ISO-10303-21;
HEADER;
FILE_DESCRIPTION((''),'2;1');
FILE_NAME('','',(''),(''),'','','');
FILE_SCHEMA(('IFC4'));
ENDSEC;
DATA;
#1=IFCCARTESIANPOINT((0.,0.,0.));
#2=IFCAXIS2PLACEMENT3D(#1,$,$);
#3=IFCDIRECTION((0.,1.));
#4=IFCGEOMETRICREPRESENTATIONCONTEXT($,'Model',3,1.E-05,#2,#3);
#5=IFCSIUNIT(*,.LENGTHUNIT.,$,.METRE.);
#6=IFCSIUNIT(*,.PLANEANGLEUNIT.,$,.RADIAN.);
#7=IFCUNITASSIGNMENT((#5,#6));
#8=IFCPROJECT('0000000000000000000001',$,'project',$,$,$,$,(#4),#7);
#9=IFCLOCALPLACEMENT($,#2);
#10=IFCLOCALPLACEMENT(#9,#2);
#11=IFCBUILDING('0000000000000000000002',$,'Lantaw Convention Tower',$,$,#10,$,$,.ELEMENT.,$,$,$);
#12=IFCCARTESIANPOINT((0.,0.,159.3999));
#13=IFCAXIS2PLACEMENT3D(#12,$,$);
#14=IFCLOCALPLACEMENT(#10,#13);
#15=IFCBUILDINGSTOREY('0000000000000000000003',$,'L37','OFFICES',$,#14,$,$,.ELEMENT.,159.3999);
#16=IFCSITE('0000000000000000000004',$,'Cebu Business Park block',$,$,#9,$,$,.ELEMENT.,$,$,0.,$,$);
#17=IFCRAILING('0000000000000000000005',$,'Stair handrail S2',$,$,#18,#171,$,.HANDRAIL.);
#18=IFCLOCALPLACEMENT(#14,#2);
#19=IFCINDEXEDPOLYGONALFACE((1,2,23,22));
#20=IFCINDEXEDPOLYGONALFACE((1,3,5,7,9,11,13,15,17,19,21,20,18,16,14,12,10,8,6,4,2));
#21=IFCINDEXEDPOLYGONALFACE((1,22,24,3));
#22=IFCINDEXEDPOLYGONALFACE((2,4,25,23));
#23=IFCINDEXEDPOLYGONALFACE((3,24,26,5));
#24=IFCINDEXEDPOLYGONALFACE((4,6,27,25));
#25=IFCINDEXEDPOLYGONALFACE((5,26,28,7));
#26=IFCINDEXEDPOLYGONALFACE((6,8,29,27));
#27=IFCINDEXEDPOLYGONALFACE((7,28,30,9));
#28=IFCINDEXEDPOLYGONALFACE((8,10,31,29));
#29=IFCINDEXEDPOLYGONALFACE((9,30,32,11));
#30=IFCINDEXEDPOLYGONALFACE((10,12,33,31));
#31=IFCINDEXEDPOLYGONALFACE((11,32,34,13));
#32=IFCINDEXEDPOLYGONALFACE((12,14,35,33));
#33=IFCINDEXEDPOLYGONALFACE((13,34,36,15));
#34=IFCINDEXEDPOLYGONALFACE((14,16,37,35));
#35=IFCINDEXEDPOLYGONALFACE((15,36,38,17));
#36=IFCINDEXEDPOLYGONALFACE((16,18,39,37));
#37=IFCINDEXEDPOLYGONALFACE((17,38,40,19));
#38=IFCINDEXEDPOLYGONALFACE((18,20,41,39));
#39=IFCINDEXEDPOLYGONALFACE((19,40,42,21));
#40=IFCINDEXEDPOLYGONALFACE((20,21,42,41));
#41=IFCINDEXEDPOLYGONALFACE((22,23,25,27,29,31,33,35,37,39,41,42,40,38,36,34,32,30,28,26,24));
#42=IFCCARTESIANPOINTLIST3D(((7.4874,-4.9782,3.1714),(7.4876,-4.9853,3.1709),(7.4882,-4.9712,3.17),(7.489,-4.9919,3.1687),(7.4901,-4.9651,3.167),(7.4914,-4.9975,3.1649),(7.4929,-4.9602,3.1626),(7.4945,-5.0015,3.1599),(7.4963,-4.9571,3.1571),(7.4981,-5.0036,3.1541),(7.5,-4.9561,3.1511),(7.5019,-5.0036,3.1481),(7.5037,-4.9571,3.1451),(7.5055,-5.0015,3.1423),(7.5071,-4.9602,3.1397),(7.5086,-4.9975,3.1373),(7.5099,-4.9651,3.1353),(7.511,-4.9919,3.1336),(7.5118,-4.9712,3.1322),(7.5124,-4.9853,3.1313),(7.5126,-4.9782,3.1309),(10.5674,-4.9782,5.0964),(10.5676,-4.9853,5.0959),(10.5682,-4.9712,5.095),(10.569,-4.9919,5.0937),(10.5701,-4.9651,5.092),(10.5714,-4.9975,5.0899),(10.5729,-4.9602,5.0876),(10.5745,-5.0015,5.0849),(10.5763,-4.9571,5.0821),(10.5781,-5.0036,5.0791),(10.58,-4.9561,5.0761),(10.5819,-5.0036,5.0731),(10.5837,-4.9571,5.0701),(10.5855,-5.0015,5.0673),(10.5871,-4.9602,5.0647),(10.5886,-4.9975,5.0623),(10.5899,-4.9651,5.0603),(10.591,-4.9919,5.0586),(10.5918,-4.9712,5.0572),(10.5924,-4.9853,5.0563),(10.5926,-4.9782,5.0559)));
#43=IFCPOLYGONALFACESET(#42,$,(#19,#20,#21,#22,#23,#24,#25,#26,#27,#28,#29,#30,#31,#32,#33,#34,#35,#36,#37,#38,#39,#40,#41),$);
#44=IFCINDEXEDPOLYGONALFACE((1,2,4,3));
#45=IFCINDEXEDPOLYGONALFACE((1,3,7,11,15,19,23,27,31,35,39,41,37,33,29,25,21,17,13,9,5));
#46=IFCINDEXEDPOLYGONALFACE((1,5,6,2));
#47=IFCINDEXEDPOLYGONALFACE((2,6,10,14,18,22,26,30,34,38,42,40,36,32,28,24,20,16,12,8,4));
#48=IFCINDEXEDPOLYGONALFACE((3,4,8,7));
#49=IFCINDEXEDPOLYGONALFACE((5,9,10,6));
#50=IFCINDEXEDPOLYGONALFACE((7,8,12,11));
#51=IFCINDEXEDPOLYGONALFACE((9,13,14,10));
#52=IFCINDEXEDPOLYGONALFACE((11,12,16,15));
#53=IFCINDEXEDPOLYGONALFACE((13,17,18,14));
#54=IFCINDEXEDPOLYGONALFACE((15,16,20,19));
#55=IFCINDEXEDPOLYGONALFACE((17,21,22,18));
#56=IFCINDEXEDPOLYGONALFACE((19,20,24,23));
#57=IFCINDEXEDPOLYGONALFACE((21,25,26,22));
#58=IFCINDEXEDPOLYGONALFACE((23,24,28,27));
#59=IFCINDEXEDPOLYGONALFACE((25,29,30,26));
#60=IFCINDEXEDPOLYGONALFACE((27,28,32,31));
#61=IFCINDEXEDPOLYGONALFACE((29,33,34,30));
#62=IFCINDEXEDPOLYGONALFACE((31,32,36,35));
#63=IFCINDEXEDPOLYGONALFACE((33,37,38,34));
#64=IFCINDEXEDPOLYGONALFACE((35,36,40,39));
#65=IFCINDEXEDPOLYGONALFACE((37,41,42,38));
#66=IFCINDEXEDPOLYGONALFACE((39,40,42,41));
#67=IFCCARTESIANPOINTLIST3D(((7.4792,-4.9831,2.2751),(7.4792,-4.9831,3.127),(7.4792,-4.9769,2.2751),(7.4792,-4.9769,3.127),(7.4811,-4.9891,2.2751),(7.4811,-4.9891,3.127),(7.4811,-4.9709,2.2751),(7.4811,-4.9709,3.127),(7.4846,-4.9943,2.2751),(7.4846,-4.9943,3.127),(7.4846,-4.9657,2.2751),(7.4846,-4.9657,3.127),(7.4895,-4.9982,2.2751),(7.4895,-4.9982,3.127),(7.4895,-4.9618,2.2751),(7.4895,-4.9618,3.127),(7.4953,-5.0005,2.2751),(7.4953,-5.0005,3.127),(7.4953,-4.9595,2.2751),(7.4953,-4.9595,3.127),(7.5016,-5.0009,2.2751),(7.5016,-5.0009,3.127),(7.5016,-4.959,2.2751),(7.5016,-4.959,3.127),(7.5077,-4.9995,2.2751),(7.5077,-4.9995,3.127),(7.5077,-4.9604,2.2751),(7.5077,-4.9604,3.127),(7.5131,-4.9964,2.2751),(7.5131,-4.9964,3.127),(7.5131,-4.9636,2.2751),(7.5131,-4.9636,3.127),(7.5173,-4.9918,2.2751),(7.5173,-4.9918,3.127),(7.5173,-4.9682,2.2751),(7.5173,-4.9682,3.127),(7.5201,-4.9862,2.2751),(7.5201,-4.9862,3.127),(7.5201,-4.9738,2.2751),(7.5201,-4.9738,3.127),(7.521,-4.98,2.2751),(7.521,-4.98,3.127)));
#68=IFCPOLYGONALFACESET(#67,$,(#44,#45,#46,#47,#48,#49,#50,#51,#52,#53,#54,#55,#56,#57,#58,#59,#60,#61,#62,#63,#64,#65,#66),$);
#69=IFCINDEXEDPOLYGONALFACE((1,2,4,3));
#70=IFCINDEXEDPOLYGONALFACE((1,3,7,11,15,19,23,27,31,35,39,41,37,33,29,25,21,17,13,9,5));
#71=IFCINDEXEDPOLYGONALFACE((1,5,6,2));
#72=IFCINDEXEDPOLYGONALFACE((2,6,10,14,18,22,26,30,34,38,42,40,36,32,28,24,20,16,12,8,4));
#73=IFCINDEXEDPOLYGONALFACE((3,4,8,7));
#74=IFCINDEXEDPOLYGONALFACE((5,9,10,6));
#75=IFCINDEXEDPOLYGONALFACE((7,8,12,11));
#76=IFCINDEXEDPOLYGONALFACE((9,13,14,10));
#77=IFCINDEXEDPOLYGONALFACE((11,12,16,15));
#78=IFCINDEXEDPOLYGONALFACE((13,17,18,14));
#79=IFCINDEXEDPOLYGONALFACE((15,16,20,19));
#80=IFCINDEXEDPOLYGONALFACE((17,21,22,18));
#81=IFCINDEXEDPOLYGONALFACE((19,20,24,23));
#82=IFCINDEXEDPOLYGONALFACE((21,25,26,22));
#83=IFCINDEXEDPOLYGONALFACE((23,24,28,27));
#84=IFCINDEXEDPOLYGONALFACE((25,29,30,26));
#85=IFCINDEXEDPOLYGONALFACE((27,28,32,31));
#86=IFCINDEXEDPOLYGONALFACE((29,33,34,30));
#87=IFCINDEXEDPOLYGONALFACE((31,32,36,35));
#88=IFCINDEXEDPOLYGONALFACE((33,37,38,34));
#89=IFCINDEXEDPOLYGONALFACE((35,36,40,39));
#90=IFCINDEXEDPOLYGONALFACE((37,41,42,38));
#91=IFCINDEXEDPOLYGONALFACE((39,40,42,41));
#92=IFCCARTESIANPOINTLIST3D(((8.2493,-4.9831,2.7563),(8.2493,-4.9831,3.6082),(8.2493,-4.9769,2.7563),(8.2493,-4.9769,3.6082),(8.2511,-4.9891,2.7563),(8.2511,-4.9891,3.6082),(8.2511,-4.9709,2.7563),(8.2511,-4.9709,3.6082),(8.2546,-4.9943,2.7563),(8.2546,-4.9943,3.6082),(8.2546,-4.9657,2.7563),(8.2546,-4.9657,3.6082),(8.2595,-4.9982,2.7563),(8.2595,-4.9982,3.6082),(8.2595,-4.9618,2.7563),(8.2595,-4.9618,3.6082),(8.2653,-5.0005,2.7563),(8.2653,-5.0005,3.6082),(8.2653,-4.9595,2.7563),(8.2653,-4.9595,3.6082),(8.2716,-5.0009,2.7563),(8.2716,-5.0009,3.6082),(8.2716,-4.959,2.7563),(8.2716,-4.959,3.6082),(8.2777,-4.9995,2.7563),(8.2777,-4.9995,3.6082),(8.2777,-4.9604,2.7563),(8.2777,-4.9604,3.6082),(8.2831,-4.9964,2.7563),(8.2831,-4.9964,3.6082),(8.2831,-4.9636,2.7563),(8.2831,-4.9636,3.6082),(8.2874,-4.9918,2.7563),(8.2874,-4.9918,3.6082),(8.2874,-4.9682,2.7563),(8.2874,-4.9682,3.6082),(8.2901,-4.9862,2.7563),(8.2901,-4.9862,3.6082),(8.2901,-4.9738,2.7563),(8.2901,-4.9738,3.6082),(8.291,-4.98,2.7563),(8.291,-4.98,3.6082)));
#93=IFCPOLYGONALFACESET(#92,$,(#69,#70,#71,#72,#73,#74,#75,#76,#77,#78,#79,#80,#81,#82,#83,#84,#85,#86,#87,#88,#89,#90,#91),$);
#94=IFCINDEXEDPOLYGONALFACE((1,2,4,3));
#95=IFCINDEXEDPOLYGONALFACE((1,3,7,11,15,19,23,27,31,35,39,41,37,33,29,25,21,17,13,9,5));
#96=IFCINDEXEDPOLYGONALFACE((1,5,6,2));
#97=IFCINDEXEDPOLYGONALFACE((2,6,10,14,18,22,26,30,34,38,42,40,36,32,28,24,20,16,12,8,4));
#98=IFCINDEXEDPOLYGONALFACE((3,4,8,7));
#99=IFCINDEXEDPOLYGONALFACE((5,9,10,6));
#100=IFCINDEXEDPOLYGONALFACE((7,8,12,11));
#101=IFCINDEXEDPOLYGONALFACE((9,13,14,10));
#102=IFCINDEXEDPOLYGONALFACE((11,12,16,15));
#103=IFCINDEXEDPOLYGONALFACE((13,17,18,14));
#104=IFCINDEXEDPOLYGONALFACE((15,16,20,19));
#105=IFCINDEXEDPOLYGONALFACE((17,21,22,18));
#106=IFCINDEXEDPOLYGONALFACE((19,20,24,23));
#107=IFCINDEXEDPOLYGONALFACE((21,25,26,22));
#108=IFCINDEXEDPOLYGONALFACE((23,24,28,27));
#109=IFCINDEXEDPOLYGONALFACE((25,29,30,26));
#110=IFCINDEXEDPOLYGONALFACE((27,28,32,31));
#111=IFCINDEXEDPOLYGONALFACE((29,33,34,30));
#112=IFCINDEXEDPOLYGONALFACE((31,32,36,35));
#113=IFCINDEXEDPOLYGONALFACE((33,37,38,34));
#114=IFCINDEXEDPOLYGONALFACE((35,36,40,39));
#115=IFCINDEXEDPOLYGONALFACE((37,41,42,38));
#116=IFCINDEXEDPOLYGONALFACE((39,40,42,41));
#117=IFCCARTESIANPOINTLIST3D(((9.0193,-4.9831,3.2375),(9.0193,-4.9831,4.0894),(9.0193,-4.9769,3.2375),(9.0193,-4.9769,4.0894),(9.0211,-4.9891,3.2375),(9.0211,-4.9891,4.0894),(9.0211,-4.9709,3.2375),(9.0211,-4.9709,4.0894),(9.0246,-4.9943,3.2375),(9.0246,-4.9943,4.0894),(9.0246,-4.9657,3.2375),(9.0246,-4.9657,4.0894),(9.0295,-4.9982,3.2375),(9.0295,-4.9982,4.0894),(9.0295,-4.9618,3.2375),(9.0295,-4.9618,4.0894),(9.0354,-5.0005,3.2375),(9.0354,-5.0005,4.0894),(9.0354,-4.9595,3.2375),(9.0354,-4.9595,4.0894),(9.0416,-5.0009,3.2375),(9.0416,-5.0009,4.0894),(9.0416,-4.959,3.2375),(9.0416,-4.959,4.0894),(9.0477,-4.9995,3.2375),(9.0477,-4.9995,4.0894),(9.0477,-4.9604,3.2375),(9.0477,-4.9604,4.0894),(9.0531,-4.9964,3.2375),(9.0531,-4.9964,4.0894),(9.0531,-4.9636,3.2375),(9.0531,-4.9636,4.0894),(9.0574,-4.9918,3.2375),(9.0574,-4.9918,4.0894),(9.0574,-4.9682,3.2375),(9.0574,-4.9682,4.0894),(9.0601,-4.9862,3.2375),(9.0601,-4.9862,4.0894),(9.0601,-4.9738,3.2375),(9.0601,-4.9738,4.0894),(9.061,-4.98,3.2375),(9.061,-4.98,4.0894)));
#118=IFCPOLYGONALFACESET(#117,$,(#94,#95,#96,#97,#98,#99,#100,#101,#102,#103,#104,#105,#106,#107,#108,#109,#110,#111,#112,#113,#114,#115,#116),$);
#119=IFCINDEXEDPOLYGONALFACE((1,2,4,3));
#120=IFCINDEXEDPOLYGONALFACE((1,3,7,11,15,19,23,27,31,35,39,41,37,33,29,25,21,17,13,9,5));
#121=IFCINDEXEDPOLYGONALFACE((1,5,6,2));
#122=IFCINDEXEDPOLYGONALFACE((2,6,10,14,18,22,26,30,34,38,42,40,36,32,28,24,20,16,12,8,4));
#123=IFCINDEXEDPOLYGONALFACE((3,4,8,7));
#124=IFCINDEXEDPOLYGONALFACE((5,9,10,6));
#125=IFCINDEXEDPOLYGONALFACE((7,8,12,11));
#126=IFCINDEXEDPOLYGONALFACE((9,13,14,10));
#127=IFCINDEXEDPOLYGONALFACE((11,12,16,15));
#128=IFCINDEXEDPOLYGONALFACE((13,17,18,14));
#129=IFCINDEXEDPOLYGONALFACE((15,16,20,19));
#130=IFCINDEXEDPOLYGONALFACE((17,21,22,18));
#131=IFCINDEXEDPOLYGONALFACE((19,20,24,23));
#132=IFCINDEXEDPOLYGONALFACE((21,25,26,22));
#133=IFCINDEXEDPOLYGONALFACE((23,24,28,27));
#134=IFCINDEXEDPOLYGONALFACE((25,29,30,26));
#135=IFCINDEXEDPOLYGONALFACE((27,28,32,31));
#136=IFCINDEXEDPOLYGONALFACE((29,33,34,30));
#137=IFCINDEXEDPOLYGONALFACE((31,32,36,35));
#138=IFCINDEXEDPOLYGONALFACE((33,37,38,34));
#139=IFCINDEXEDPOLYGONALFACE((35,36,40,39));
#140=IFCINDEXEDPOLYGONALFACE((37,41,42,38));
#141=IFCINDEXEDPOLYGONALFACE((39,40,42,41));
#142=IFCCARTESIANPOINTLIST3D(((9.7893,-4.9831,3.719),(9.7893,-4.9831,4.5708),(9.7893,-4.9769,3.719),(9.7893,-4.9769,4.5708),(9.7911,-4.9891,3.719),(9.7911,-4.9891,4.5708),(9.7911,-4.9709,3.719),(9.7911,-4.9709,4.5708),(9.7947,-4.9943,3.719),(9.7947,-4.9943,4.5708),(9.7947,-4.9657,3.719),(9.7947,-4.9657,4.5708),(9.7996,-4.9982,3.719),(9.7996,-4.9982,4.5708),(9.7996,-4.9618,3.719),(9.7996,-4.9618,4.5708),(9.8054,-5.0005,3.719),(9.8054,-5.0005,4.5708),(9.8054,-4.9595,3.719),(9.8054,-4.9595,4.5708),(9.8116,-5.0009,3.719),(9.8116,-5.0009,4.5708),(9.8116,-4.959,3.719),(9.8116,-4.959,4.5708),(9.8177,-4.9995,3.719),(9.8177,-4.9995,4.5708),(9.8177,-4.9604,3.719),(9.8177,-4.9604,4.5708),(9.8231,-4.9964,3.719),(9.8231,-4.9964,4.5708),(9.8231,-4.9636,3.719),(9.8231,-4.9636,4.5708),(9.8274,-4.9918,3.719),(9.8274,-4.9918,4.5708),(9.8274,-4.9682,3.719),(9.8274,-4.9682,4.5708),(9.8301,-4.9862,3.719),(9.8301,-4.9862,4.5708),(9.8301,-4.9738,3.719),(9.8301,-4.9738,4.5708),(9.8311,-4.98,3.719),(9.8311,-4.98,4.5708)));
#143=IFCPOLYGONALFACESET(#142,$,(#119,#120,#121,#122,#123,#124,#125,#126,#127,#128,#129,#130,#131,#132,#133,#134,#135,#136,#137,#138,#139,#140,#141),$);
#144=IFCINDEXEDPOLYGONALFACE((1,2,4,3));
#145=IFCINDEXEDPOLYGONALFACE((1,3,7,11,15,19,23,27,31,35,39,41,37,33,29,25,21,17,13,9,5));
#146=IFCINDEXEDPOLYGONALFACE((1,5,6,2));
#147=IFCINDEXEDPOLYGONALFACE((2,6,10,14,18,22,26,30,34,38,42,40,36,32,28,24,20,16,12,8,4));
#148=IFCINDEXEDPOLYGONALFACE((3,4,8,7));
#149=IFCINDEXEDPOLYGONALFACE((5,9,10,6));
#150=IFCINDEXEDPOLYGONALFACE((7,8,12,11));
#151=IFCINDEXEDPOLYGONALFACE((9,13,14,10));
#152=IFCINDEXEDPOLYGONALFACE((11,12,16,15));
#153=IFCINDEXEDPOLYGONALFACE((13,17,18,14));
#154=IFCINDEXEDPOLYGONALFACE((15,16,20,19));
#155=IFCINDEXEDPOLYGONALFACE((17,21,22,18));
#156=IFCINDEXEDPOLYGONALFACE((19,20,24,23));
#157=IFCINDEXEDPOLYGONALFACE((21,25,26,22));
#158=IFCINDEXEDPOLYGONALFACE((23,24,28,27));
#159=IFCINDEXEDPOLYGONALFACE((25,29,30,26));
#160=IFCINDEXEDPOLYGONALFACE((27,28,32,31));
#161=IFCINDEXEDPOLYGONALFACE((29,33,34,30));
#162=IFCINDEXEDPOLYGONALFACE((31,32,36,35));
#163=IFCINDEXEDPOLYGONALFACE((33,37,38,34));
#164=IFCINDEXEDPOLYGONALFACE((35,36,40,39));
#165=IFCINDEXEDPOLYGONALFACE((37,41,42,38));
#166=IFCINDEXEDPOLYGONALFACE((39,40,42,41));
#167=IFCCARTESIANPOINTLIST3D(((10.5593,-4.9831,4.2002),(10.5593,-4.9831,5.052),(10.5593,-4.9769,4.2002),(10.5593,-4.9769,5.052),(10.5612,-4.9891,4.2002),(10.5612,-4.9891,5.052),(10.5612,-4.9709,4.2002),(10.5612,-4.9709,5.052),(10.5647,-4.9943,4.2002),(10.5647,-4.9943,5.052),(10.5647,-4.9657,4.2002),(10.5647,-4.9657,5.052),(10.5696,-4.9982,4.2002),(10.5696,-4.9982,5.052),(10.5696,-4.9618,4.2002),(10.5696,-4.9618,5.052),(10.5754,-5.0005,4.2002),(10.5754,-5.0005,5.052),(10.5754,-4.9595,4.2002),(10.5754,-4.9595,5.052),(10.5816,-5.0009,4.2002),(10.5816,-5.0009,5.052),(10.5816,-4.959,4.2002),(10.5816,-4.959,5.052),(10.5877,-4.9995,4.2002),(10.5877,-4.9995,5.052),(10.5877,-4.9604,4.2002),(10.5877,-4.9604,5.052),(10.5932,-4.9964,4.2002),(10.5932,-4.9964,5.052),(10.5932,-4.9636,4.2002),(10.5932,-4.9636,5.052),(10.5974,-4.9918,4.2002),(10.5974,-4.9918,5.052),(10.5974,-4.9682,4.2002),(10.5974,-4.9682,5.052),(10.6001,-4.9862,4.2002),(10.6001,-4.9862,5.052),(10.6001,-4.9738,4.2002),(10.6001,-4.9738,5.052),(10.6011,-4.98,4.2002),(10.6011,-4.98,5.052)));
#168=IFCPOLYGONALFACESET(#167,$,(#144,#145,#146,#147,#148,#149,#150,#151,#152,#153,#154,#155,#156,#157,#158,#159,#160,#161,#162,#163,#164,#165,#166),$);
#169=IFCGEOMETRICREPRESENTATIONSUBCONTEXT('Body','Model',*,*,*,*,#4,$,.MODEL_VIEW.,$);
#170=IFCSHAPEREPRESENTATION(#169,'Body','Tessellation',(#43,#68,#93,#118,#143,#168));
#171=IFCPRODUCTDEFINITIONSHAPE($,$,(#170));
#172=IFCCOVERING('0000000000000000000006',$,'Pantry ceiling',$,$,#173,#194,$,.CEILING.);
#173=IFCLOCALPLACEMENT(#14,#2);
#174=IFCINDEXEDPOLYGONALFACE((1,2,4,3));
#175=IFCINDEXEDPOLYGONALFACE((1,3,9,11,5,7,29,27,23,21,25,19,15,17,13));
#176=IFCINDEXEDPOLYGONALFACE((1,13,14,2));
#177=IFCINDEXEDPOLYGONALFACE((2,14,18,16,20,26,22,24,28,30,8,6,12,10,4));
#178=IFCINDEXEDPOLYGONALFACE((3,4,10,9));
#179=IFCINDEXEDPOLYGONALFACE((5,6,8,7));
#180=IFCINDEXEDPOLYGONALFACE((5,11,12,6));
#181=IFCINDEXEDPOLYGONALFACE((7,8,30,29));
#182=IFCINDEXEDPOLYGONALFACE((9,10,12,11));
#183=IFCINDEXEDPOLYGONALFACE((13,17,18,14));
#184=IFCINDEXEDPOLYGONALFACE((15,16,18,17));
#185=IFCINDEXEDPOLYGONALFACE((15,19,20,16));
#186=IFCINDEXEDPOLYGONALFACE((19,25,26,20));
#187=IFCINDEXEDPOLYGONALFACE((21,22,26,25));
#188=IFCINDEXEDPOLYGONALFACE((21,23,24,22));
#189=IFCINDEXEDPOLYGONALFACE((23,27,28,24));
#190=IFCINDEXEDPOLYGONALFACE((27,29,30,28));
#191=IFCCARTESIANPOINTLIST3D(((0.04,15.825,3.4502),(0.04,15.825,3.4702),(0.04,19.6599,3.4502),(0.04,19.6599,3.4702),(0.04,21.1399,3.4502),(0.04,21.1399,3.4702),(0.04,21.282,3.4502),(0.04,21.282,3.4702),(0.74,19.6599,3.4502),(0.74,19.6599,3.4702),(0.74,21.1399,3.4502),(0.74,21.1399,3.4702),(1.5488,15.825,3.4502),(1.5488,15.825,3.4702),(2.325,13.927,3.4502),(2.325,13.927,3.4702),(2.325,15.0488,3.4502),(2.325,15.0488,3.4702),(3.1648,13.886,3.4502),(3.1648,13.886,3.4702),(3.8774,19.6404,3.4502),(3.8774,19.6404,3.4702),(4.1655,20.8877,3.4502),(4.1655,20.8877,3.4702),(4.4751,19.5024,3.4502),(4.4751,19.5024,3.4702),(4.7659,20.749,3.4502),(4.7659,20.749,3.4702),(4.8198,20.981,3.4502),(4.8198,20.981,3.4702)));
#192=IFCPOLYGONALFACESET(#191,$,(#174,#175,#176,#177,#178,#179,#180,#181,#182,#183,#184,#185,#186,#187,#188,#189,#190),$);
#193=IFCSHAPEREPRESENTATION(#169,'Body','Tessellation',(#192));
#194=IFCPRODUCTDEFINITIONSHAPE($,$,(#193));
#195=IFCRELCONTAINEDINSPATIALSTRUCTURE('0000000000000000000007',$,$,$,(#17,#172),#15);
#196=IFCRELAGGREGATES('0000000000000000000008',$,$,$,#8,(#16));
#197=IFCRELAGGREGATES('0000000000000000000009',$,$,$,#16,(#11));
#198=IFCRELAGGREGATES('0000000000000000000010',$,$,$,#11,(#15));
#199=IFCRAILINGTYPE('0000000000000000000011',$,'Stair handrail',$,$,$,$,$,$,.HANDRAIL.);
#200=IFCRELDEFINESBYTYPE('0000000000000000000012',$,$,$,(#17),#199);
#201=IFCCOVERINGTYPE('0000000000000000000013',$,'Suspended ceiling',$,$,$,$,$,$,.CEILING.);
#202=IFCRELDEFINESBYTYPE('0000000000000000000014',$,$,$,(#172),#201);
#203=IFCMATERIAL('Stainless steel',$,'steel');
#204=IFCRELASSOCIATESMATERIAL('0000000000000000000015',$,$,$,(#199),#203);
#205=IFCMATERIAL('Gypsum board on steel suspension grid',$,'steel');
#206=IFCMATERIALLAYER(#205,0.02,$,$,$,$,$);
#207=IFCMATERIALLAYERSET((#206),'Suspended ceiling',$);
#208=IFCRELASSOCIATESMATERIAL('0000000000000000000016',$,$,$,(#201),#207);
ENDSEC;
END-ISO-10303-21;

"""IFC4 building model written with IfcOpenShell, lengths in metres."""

from ifc_helpers import new_model, si_unit, direction, frame, origin, origin_2d, place, context, subcontext, project, spatial, polyline, circle, outline, extrude, material, layer, layer_set, type_object, element, save


model = new_model("IFC4")

# Units and contexts
model_context = context("Model", 3, precision=1e-05, world=origin(), true_north=direction((0.0, 1.0)))
body_context = subcontext(model_context, "Body", "Model", "MODEL_VIEW")
ifc_project = project(units=[si_unit("LENGTHUNIT", "METRE"), si_unit("PLANEANGLEUNIT", "RADIAN")], contexts=[model_context])

# Site, building, storey
site_placement = place(None, origin())
site = spatial("IfcSite", under=ifc_project, at=site_placement, Name="Cebu Business Park block", CompositionType="ELEMENT", RefElevation=0.0)
building_placement = place(site_placement, origin())
building = spatial("IfcBuilding", under=site, at=building_placement, Name="Lantaw Convention Tower", CompositionType="ELEMENT")
storey_placement = place(building_placement, frame((0.0, 0.0, 159.3999)))
storey = spatial("IfcBuildingStorey", under=building, at=storey_placement, Name="L37", Description="OFFICES", CompositionType="ELEMENT", Elevation=159.3999)

# Railing
ifc_material_1 = material(Name="Stainless steel", Category="steel")
railing_type = type_object("IfcRailingType", Name="Stair handrail", PredefinedType="HANDRAIL", material=ifc_material_1)
railing_placement = place(storey_placement, frame((7.5, -4.98, 2.2751)))
element("IfcRailing", 1, at=railing_placement, inside=storey, type_object=railing_type, Name="Stair handrail S2", PredefinedType="HANDRAIL", context=body_context, shape_type="SweptSolid", body=[
    extrude(circle(Radius=0.0239, at=origin_2d()), frame((0.0, 0.0, 0.876), z_axis=(0.847998, 0.0, 0.529999), x_axis=(0.0, 1.0, 0.0)), (0.0, 0.0, 1.0), 3.6321),
    extrude(circle(Radius=0.021, at=origin_2d()), origin(), (0.0, 0.0, 1.0), 0.8518),
    extrude(circle(Radius=0.021, at=origin_2d()), frame((0.77, 0.0, 0.4812)), (0.0, 0.0, 1.0), 0.8518),
    extrude(circle(Radius=0.021, at=origin_2d()), frame((1.54, 0.0, 0.9624)), (0.0, 0.0, 1.0), 0.8518),
    extrude(circle(Radius=0.021, at=origin_2d()), frame((2.3101, 0.0, 1.4438)), (0.0, 0.0, 1.0), 0.8518),
    extrude(circle(Radius=0.021, at=origin_2d()), frame((3.0801, 0.0, 1.925)), (0.0, 0.0, 1.0), 0.8518),
])

# Covering
ifc_material_2 = material(Name="Gypsum board on steel suspension grid", Category="steel")
ifc_layer_1 = layer(ifc_material_2, 0.02)
ifc_layer_set_1 = layer_set([ifc_layer_1], Name="Suspended ceiling")
covering_type = type_object("IfcCoveringType", Name="Suspended ceiling", PredefinedType="CEILING", material=ifc_layer_set_1)
covering_1_placement = place(storey_placement, frame((0.0, 0.0, 3.4502)))
element("IfcCovering", 2, at=covering_1_placement, inside=storey, type_object=covering_type, Name="Pantry ceiling", PredefinedType="CEILING", context=body_context, shape_type="SweptSolid", body=[
    extrude(outline(polyline([(2.325, 15.0488), (2.325, 13.927), (3.1648, 13.886), (4.4751, 19.5024), (3.8774, 19.6404), (4.1655, 20.8877), (4.7659, 20.749), (4.8198, 20.981), (0.04, 21.282), (0.04, 21.1399), (0.74, 21.1399), (0.74, 19.6599), (0.04, 19.6599), (0.04, 15.825), (1.5488, 15.825), (2.325, 15.0488)])), origin(), (0.0, 0.0, 1.0), 0.02),
])

save(model, "model.ifc")
